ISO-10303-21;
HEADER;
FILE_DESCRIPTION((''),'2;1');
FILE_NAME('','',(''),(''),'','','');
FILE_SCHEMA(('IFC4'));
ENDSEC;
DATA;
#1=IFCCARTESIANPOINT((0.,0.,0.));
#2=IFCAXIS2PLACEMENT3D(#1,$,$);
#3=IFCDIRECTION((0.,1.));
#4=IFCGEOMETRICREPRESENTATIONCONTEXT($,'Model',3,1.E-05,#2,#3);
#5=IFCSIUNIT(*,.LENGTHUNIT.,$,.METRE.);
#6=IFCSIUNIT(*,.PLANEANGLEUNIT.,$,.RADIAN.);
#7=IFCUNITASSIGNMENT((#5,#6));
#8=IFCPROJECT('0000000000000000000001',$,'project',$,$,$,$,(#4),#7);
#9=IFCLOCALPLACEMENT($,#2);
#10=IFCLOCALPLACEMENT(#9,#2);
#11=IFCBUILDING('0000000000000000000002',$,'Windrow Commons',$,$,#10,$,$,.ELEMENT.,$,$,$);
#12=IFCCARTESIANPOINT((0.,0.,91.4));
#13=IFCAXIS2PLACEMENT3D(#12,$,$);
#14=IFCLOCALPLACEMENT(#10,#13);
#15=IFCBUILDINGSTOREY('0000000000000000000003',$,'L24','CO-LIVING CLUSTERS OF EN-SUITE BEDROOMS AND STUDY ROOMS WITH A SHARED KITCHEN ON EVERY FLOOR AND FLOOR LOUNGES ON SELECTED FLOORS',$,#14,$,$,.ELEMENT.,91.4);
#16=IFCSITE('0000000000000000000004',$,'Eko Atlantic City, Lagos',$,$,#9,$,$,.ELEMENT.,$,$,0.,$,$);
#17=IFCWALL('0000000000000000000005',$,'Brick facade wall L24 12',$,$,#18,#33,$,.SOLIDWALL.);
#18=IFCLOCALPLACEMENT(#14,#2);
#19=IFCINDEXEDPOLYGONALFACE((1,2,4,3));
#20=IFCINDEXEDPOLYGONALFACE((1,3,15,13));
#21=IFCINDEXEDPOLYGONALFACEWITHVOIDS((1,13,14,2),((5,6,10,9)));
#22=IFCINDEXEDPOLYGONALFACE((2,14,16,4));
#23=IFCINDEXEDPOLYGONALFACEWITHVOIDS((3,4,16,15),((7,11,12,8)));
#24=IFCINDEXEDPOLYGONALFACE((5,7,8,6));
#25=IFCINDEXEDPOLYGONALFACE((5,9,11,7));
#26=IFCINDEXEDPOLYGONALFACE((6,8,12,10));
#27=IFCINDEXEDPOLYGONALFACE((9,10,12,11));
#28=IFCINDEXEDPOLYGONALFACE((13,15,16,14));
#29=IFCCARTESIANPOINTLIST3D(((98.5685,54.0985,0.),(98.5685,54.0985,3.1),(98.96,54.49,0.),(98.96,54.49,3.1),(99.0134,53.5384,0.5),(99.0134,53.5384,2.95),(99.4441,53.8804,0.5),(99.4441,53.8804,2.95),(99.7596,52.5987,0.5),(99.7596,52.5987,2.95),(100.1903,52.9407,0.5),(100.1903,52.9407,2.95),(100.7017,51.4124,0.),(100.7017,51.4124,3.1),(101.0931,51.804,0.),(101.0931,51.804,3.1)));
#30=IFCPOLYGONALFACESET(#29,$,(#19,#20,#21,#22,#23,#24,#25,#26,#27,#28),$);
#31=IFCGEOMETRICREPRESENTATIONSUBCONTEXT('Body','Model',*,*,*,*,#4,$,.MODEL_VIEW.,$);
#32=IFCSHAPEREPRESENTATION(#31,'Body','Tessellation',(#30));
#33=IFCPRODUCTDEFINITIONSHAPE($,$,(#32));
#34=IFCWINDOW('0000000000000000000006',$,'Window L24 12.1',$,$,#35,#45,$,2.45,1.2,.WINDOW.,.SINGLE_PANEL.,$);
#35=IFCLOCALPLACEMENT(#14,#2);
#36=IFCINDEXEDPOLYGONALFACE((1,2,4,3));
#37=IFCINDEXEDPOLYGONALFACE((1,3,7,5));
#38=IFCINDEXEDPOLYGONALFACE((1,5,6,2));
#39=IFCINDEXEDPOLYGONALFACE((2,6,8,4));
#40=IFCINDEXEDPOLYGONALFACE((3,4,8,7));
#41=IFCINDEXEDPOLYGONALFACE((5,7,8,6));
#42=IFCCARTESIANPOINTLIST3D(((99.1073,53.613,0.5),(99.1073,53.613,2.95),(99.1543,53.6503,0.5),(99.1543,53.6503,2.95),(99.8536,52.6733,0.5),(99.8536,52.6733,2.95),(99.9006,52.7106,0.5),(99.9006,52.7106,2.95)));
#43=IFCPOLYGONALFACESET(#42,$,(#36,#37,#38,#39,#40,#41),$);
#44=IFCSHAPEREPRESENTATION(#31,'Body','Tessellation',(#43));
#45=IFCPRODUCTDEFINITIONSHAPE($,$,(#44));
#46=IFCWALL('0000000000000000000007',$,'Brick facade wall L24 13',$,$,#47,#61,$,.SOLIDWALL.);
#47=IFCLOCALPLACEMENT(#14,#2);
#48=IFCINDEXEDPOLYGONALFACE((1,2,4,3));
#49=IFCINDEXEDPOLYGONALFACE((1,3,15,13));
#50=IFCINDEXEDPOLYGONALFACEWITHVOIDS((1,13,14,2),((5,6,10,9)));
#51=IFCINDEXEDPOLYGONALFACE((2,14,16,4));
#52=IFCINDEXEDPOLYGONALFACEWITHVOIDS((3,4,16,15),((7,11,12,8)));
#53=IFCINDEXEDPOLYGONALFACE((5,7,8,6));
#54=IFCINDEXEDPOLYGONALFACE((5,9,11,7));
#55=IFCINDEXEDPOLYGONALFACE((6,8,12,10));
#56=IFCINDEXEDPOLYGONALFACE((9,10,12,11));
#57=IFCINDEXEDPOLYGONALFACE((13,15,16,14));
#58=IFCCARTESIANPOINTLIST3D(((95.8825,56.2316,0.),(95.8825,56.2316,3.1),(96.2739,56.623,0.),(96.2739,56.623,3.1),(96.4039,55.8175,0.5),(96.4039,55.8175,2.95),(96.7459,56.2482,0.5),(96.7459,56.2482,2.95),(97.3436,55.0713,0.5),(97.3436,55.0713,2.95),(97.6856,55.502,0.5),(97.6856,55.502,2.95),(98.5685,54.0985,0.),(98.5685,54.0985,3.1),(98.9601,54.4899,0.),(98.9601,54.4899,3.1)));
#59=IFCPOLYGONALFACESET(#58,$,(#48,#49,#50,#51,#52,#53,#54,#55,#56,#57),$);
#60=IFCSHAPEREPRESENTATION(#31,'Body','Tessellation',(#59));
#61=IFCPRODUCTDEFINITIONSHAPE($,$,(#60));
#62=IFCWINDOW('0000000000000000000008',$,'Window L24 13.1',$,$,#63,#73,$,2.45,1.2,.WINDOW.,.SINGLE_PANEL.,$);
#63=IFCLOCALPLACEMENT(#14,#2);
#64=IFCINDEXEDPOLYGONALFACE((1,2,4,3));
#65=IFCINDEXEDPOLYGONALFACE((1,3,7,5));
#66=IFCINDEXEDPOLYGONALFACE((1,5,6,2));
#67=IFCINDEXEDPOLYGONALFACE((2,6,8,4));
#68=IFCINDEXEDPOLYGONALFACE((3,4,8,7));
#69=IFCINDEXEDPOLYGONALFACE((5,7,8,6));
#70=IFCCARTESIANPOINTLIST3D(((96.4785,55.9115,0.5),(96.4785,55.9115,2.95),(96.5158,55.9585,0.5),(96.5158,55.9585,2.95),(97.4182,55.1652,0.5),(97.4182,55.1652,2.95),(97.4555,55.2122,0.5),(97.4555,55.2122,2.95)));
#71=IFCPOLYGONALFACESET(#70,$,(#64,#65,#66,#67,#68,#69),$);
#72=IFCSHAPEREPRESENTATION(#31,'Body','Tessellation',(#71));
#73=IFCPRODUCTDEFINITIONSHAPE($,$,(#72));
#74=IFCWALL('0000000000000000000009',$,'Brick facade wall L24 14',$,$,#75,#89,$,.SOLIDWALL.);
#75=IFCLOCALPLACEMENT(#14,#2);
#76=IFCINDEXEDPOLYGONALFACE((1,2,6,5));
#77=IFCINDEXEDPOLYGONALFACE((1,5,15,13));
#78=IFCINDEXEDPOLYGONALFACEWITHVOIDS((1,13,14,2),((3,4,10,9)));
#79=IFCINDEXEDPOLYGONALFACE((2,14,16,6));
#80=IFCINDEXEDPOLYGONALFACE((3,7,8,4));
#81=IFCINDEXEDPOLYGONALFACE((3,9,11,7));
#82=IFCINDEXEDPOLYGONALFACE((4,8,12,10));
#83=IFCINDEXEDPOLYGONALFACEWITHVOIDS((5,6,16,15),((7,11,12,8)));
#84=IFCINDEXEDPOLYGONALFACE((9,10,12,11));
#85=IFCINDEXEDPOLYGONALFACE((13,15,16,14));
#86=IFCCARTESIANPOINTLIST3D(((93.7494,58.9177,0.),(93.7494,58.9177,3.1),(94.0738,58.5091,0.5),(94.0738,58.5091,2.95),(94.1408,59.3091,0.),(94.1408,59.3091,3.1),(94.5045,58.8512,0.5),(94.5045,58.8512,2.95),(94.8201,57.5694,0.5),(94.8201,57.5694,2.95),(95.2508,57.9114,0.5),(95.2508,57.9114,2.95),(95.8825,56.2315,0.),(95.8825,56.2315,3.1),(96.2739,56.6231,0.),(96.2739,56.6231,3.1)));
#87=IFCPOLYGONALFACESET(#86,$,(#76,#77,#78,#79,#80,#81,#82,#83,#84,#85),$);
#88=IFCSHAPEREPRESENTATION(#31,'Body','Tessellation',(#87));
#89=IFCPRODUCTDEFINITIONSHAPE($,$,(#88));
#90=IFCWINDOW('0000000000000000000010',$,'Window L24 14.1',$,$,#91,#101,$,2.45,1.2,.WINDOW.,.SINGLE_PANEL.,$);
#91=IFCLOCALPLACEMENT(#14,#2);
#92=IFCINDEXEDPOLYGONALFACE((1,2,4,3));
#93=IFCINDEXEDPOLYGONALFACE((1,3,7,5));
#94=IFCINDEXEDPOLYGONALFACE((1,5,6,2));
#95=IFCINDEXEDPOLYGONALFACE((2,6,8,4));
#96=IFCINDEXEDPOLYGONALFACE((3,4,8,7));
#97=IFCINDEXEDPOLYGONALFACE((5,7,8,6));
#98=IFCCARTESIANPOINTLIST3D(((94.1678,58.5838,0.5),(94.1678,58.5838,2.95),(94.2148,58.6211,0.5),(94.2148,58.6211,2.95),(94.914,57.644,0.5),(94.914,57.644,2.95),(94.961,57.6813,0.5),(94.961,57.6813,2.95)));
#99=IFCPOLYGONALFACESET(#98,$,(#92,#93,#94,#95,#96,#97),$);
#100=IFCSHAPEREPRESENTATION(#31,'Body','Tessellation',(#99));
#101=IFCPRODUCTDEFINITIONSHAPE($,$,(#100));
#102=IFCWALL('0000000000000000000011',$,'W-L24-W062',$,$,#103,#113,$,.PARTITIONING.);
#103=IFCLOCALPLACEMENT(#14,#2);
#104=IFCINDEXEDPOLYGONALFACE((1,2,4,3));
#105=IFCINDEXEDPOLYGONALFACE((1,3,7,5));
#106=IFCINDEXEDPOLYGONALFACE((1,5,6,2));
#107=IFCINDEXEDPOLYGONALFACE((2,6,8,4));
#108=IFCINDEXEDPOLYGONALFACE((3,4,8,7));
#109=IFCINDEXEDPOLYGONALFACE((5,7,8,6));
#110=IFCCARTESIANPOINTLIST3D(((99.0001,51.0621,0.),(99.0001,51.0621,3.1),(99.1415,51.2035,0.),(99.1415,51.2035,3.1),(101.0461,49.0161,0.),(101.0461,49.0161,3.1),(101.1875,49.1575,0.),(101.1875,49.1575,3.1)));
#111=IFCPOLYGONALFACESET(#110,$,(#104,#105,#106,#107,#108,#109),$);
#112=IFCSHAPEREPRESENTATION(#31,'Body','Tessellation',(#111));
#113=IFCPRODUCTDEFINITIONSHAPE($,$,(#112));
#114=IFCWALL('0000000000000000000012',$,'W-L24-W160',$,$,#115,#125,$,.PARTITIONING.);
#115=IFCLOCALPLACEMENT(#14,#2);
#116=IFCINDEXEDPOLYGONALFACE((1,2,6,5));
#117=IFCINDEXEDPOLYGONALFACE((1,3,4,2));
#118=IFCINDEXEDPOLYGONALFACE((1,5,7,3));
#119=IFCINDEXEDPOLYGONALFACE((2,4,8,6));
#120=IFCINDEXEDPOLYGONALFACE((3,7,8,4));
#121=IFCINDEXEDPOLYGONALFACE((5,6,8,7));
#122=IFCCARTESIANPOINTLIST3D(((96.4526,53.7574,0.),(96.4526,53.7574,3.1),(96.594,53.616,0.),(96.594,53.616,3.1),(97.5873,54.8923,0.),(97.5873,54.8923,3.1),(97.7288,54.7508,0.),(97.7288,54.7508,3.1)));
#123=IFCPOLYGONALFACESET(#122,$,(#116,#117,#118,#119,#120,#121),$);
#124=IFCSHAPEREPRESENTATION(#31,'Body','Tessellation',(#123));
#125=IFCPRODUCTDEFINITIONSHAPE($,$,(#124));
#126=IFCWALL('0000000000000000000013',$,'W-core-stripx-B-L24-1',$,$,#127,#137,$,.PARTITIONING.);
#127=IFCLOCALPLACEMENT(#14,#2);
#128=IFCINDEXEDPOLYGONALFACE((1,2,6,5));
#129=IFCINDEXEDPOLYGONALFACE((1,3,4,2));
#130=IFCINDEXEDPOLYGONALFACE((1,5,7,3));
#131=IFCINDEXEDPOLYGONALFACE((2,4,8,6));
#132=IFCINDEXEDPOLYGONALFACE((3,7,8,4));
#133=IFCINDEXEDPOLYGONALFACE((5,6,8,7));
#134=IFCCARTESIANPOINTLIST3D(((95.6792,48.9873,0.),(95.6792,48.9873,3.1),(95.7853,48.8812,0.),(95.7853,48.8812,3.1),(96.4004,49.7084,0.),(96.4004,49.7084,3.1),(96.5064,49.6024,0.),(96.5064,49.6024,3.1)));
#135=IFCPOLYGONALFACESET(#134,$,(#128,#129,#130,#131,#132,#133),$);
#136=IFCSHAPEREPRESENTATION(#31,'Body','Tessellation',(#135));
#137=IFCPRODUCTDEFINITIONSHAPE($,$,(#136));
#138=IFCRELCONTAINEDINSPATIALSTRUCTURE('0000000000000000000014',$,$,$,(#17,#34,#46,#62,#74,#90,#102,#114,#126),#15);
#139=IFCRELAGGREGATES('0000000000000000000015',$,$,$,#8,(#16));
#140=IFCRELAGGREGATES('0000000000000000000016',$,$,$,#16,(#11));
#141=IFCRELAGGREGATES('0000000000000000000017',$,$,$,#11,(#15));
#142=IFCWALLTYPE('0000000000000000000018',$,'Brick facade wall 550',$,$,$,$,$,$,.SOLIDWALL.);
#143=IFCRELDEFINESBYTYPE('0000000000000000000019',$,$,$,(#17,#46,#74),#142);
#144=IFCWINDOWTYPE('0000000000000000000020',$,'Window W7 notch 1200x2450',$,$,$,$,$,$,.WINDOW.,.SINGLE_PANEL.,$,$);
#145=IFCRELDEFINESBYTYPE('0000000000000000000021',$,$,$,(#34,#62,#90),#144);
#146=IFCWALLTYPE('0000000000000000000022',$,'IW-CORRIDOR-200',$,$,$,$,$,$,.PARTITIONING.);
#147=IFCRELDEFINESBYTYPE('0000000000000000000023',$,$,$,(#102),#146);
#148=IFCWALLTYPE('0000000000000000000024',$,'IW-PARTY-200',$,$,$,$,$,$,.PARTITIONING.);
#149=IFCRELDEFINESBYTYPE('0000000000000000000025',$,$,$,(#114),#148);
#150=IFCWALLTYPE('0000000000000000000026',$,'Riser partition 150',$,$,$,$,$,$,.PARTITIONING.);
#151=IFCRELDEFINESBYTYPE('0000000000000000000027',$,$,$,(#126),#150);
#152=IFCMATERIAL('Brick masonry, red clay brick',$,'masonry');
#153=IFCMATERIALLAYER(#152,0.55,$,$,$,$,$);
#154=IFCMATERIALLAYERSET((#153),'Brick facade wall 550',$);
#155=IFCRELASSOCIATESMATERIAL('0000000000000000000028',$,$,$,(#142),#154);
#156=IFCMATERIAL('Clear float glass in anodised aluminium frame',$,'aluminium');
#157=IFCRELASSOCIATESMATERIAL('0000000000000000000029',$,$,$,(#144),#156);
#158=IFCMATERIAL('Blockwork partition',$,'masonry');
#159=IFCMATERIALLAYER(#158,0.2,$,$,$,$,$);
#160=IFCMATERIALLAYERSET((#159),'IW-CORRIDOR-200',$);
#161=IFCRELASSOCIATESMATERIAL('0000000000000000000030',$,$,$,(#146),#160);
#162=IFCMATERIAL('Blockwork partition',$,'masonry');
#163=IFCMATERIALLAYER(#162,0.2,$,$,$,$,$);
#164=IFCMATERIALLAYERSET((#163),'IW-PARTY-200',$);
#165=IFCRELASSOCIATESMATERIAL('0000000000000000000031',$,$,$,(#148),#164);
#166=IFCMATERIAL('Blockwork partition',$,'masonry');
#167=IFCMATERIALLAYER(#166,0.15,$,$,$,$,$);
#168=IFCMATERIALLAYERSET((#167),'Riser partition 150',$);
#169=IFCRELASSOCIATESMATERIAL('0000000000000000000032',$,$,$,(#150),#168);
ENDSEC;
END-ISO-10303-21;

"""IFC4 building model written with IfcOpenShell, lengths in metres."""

from ifc_helpers import new_model, si_unit, direction, frame, frame_2d, origin, place, context, subcontext, project, spatial, polyline, rectangle, outline, extrude, material, layer, layer_set, type_object, element, fill, save


model = new_model("IFC4")

# Units and contexts
model_context = context("Model", 3, precision=1e-05, world=origin(), true_north=direction((0.0, 1.0)))
body_context = subcontext(model_context, "Body", "Model", "MODEL_VIEW")
ifc_project = project(units=[si_unit("LENGTHUNIT", "METRE"), si_unit("PLANEANGLEUNIT", "RADIAN")], contexts=[model_context])

# Site, building, storey
site_placement = place(None, origin())
site = spatial("IfcSite", under=ifc_project, at=site_placement, Name="Eko Atlantic City, Lagos", CompositionType="ELEMENT", RefElevation=0.0)
building_placement = place(site_placement, origin())
building = spatial("IfcBuilding", under=site, at=building_placement, Name="Windrow Commons", CompositionType="ELEMENT")
storey_placement = place(building_placement, frame((0.0, 0.0, 91.4)))
storey = spatial("IfcBuildingStorey", under=building, at=storey_placement, Name="L24", Description="CO-LIVING CLUSTERS OF EN-SUITE BEDROOMS AND STUDY ROOMS WITH A SHARED KITCHEN ON EVERY FLOOR AND FLOOR LOUNGES ON SELECTED FLOORS", CompositionType="ELEMENT", Elevation=91.4)

# Walls, openings, windows
ifc_material_1 = material(Name="Brick masonry, red clay brick", Category="masonry")
ifc_layer_1 = layer(ifc_material_1, 0.55)
ifc_layer_set_1 = layer_set([ifc_layer_1], Name="Brick facade wall 550")
wall_type_1 = type_object("IfcWallType", Name="Brick facade wall 550", PredefinedType="SOLIDWALL", material=ifc_layer_set_1)
ifc_material_2 = material(Name="Clear float glass in anodised aluminium frame", Category="aluminium")
window_type = type_object("IfcWindowType", Name="Window W7 notch 1200x2450", PartitioningType="SINGLE_PANEL", PredefinedType="WINDOW", material=ifc_material_2)
wall_1_placement = place(storey_placement, frame((100.8974, 51.6082, 0.0), z_axis=(0.0, 0.0, 1.0), x_axis=(-0.6219, 0.783097, 0.0)))
wall_1 = element("IfcWall", 1, at=wall_1_placement, inside=storey, type_object=wall_type_1, Name="Brick facade wall L24 12", PredefinedType="SOLIDWALL", context=body_context, shape_type="SweptSolid", body=[
    extrude(outline(polyline([(0.0316, -0.275), (3.4616, -0.275), (3.3985, 0.275), (-0.0316, 0.275), (0.0316, -0.275)])), origin(), (0.0, 0.0, 1.0), 3.1),
])
opening_1_placement = place(wall_1_placement, frame((1.4832, 0.0, 0.5)))
opening_1 = element("IfcOpeningElement", 2, at=opening_1_placement, cuts=wall_1, PredefinedType="OPENING", context=body_context, shape_type="SweptSolid", body=[
    extrude(rectangle(XDim=1.2, YDim=2.45, at=frame_2d((0.6, 1.225))), frame((0.0, 0.285, 0.0), z_axis=(0.0, -1.0, 0.0), x_axis=(1.0, 0.0, 0.0)), (0.0, 0.0, 1.0), 0.57),
])
window_1_placement = place(opening_1_placement, origin())
window_1 = element("IfcWindow", 3, at=window_1_placement, inside=storey, type_object=window_type, Name="Window L24 12.1", OverallHeight=2.45, OverallWidth=1.2, PartitioningType="SINGLE_PANEL", PredefinedType="WINDOW", context=body_context, shape_type="SweptSolid", body=[
    extrude(rectangle(XDim=1.2, YDim=2.45, at=frame_2d((0.6, 1.225))), frame((0.0, 0.155, 0.0), z_axis=(0.0, -1.0, 0.0), x_axis=(1.0, 0.0, 0.0)), (0.0, 0.0, 1.0), 0.06),
])
fill(opening_1, window_1)
wall_2_placement = place(storey_placement, frame((98.7643, 54.2942, 0.0), z_axis=(0.0, 0.0, 1.0), x_axis=(-0.783108, 0.621886, 0.0)))
wall_2 = element("IfcWall", 4, at=wall_2_placement, inside=storey, type_object=wall_type_1, Name="Brick facade wall L24 13", PredefinedType="SOLIDWALL", context=body_context, shape_type="SweptSolid", body=[
    extrude(outline(polyline([(-0.0316, -0.275), (3.3985, -0.275), (3.4616, 0.275), (0.0316, 0.275), (-0.0316, -0.275)])), origin(), (0.0, 0.0, 1.0), 3.1),
])
opening_2_placement = place(wall_2_placement, frame((1.5958, 0.0, 0.5)))
opening_2 = element("IfcOpeningElement", 5, at=opening_2_placement, cuts=wall_2, PredefinedType="OPENING", context=body_context, shape_type="SweptSolid", body=[
    extrude(rectangle(XDim=1.2, YDim=2.45, at=frame_2d((0.6, 1.225))), frame((0.0, 0.285, 0.0), z_axis=(0.0, -1.0, 0.0), x_axis=(1.0, 0.0, 0.0)), (0.0, 0.0, 1.0), 0.57),
])
window_2_placement = place(opening_2_placement, origin())
window_2 = element("IfcWindow", 6, at=window_2_placement, inside=storey, type_object=window_type, Name="Window L24 13.1", OverallHeight=2.45, OverallWidth=1.2, PartitioningType="SINGLE_PANEL", PredefinedType="WINDOW", context=body_context, shape_type="SweptSolid", body=[
    extrude(rectangle(XDim=1.2, YDim=2.45, at=frame_2d((0.6, 1.225))), frame((0.0, 0.155, 0.0), z_axis=(0.0, -1.0, 0.0), x_axis=(1.0, 0.0, 0.0)), (0.0, 0.0, 1.0), 0.06),
])
fill(opening_2, window_2)
wall_3_placement = place(storey_placement, frame((96.0782, 56.4273, 0.0), z_axis=(0.0, 0.0, 1.0), x_axis=(-0.621886, 0.783108, 0.0)))
wall_3 = element("IfcWall", 7, at=wall_3_placement, inside=storey, type_object=wall_type_1, Name="Brick facade wall L24 14", PredefinedType="SOLIDWALL", context=body_context, shape_type="SweptSolid", body=[
    extrude(outline(polyline([(0.0316, -0.275), (3.4616, -0.275), (3.3985, 0.275), (-0.0316, 0.275), (0.0316, -0.275)])), origin(), (0.0, 0.0, 1.0), 3.1),
])
opening_3_placement = place(wall_3_placement, frame((1.6768, 0.0, 0.5)))
opening_3 = element("IfcOpeningElement", 8, at=opening_3_placement, cuts=wall_3, PredefinedType="OPENING", context=body_context, shape_type="SweptSolid", body=[
    extrude(rectangle(XDim=1.2, YDim=2.45, at=frame_2d((0.6, 1.225))), frame((0.0, 0.285, 0.0), z_axis=(0.0, -1.0, 0.0), x_axis=(1.0, 0.0, 0.0)), (0.0, 0.0, 1.0), 0.57),
])
window_3_placement = place(opening_3_placement, origin())
window_3 = element("IfcWindow", 9, at=window_3_placement, inside=storey, type_object=window_type, Name="Window L24 14.1", OverallHeight=2.45, OverallWidth=1.2, PartitioningType="SINGLE_PANEL", PredefinedType="WINDOW", context=body_context, shape_type="SweptSolid", body=[
    extrude(rectangle(XDim=1.2, YDim=2.45, at=frame_2d((0.6, 1.225))), frame((0.0, 0.155, 0.0), z_axis=(0.0, -1.0, 0.0), x_axis=(1.0, 0.0, 0.0)), (0.0, 0.0, 1.0), 0.06),
])
fill(opening_3, window_3)

# Walls
ifc_material_3 = material(Name="Blockwork partition", Category="masonry")
ifc_layer_2 = layer(ifc_material_3, 0.2)
ifc_layer_set_2 = layer_set([ifc_layer_2], Name="IW-CORRIDOR-200")
wall_type_2 = type_object("IfcWallType", Name="IW-CORRIDOR-200", PredefinedType="PARTITIONING", material=ifc_layer_set_2)
wall_4_placement = place(storey_placement, frame((99.0708, 51.1328, 0.0), z_axis=(0.0, 0.0, 1.0), x_axis=(0.707107, -0.707107, 0.0)))
element("IfcWall", 10, at=wall_4_placement, inside=storey, type_object=wall_type_2, Name="W-L24-W062", PredefinedType="PARTITIONING", context=body_context, shape_type="SweptSolid", body=[
    extrude(rectangle(XDim=2.8935, YDim=0.2, at=frame_2d((1.4467, 0.0))), origin(), (0.0, 0.0, 1.0), 3.1),
])
ifc_material_4 = material(Name="Blockwork partition", Category="masonry")
ifc_layer_3 = layer(ifc_material_4, 0.2)
ifc_layer_set_3 = layer_set([ifc_layer_3], Name="IW-PARTY-200")
wall_type_3 = type_object("IfcWallType", Name="IW-PARTY-200", PredefinedType="PARTITIONING", material=ifc_layer_set_3)
wall_5_placement = place(storey_placement, frame((96.5233, 53.6867, 0.0), z_axis=(0.0, 0.0, 1.0), x_axis=(0.707076, 0.707138, 0.0)))
element("IfcWall", 11, at=wall_5_placement, inside=storey, type_object=wall_type_3, Name="W-L24-W160", PredefinedType="PARTITIONING", context=body_context, shape_type="SweptSolid", body=[
    extrude(rectangle(XDim=1.6049, YDim=0.2, at=frame_2d((0.8024, 0.0))), origin(), (0.0, 0.0, 1.0), 3.1),
])
ifc_material_5 = material(Name="Blockwork partition", Category="masonry")
ifc_layer_4 = layer(ifc_material_5, 0.15)
ifc_layer_set_4 = layer_set([ifc_layer_4], Name="Riser partition 150")
wall_type_4 = type_object("IfcWallType", Name="Riser partition 150", PredefinedType="PARTITIONING", material=ifc_layer_set_4)
wall_6_placement = place(storey_placement, frame((95.7322, 48.9342, 0.0), z_axis=(0.0, 0.0, 1.0), x_axis=(0.707107, 0.707107, 0.0)))
element("IfcWall", 12, at=wall_6_placement, inside=storey, type_object=wall_type_4, Name="W-core-stripx-B-L24-1", PredefinedType="PARTITIONING", context=body_context, shape_type="SweptSolid", body=[
    extrude(rectangle(XDim=1.0199, YDim=0.15, at=frame_2d((0.51, 0.0))), origin(), (0.0, 0.0, 1.0), 3.1),
])

save(model, "model.ifc")
